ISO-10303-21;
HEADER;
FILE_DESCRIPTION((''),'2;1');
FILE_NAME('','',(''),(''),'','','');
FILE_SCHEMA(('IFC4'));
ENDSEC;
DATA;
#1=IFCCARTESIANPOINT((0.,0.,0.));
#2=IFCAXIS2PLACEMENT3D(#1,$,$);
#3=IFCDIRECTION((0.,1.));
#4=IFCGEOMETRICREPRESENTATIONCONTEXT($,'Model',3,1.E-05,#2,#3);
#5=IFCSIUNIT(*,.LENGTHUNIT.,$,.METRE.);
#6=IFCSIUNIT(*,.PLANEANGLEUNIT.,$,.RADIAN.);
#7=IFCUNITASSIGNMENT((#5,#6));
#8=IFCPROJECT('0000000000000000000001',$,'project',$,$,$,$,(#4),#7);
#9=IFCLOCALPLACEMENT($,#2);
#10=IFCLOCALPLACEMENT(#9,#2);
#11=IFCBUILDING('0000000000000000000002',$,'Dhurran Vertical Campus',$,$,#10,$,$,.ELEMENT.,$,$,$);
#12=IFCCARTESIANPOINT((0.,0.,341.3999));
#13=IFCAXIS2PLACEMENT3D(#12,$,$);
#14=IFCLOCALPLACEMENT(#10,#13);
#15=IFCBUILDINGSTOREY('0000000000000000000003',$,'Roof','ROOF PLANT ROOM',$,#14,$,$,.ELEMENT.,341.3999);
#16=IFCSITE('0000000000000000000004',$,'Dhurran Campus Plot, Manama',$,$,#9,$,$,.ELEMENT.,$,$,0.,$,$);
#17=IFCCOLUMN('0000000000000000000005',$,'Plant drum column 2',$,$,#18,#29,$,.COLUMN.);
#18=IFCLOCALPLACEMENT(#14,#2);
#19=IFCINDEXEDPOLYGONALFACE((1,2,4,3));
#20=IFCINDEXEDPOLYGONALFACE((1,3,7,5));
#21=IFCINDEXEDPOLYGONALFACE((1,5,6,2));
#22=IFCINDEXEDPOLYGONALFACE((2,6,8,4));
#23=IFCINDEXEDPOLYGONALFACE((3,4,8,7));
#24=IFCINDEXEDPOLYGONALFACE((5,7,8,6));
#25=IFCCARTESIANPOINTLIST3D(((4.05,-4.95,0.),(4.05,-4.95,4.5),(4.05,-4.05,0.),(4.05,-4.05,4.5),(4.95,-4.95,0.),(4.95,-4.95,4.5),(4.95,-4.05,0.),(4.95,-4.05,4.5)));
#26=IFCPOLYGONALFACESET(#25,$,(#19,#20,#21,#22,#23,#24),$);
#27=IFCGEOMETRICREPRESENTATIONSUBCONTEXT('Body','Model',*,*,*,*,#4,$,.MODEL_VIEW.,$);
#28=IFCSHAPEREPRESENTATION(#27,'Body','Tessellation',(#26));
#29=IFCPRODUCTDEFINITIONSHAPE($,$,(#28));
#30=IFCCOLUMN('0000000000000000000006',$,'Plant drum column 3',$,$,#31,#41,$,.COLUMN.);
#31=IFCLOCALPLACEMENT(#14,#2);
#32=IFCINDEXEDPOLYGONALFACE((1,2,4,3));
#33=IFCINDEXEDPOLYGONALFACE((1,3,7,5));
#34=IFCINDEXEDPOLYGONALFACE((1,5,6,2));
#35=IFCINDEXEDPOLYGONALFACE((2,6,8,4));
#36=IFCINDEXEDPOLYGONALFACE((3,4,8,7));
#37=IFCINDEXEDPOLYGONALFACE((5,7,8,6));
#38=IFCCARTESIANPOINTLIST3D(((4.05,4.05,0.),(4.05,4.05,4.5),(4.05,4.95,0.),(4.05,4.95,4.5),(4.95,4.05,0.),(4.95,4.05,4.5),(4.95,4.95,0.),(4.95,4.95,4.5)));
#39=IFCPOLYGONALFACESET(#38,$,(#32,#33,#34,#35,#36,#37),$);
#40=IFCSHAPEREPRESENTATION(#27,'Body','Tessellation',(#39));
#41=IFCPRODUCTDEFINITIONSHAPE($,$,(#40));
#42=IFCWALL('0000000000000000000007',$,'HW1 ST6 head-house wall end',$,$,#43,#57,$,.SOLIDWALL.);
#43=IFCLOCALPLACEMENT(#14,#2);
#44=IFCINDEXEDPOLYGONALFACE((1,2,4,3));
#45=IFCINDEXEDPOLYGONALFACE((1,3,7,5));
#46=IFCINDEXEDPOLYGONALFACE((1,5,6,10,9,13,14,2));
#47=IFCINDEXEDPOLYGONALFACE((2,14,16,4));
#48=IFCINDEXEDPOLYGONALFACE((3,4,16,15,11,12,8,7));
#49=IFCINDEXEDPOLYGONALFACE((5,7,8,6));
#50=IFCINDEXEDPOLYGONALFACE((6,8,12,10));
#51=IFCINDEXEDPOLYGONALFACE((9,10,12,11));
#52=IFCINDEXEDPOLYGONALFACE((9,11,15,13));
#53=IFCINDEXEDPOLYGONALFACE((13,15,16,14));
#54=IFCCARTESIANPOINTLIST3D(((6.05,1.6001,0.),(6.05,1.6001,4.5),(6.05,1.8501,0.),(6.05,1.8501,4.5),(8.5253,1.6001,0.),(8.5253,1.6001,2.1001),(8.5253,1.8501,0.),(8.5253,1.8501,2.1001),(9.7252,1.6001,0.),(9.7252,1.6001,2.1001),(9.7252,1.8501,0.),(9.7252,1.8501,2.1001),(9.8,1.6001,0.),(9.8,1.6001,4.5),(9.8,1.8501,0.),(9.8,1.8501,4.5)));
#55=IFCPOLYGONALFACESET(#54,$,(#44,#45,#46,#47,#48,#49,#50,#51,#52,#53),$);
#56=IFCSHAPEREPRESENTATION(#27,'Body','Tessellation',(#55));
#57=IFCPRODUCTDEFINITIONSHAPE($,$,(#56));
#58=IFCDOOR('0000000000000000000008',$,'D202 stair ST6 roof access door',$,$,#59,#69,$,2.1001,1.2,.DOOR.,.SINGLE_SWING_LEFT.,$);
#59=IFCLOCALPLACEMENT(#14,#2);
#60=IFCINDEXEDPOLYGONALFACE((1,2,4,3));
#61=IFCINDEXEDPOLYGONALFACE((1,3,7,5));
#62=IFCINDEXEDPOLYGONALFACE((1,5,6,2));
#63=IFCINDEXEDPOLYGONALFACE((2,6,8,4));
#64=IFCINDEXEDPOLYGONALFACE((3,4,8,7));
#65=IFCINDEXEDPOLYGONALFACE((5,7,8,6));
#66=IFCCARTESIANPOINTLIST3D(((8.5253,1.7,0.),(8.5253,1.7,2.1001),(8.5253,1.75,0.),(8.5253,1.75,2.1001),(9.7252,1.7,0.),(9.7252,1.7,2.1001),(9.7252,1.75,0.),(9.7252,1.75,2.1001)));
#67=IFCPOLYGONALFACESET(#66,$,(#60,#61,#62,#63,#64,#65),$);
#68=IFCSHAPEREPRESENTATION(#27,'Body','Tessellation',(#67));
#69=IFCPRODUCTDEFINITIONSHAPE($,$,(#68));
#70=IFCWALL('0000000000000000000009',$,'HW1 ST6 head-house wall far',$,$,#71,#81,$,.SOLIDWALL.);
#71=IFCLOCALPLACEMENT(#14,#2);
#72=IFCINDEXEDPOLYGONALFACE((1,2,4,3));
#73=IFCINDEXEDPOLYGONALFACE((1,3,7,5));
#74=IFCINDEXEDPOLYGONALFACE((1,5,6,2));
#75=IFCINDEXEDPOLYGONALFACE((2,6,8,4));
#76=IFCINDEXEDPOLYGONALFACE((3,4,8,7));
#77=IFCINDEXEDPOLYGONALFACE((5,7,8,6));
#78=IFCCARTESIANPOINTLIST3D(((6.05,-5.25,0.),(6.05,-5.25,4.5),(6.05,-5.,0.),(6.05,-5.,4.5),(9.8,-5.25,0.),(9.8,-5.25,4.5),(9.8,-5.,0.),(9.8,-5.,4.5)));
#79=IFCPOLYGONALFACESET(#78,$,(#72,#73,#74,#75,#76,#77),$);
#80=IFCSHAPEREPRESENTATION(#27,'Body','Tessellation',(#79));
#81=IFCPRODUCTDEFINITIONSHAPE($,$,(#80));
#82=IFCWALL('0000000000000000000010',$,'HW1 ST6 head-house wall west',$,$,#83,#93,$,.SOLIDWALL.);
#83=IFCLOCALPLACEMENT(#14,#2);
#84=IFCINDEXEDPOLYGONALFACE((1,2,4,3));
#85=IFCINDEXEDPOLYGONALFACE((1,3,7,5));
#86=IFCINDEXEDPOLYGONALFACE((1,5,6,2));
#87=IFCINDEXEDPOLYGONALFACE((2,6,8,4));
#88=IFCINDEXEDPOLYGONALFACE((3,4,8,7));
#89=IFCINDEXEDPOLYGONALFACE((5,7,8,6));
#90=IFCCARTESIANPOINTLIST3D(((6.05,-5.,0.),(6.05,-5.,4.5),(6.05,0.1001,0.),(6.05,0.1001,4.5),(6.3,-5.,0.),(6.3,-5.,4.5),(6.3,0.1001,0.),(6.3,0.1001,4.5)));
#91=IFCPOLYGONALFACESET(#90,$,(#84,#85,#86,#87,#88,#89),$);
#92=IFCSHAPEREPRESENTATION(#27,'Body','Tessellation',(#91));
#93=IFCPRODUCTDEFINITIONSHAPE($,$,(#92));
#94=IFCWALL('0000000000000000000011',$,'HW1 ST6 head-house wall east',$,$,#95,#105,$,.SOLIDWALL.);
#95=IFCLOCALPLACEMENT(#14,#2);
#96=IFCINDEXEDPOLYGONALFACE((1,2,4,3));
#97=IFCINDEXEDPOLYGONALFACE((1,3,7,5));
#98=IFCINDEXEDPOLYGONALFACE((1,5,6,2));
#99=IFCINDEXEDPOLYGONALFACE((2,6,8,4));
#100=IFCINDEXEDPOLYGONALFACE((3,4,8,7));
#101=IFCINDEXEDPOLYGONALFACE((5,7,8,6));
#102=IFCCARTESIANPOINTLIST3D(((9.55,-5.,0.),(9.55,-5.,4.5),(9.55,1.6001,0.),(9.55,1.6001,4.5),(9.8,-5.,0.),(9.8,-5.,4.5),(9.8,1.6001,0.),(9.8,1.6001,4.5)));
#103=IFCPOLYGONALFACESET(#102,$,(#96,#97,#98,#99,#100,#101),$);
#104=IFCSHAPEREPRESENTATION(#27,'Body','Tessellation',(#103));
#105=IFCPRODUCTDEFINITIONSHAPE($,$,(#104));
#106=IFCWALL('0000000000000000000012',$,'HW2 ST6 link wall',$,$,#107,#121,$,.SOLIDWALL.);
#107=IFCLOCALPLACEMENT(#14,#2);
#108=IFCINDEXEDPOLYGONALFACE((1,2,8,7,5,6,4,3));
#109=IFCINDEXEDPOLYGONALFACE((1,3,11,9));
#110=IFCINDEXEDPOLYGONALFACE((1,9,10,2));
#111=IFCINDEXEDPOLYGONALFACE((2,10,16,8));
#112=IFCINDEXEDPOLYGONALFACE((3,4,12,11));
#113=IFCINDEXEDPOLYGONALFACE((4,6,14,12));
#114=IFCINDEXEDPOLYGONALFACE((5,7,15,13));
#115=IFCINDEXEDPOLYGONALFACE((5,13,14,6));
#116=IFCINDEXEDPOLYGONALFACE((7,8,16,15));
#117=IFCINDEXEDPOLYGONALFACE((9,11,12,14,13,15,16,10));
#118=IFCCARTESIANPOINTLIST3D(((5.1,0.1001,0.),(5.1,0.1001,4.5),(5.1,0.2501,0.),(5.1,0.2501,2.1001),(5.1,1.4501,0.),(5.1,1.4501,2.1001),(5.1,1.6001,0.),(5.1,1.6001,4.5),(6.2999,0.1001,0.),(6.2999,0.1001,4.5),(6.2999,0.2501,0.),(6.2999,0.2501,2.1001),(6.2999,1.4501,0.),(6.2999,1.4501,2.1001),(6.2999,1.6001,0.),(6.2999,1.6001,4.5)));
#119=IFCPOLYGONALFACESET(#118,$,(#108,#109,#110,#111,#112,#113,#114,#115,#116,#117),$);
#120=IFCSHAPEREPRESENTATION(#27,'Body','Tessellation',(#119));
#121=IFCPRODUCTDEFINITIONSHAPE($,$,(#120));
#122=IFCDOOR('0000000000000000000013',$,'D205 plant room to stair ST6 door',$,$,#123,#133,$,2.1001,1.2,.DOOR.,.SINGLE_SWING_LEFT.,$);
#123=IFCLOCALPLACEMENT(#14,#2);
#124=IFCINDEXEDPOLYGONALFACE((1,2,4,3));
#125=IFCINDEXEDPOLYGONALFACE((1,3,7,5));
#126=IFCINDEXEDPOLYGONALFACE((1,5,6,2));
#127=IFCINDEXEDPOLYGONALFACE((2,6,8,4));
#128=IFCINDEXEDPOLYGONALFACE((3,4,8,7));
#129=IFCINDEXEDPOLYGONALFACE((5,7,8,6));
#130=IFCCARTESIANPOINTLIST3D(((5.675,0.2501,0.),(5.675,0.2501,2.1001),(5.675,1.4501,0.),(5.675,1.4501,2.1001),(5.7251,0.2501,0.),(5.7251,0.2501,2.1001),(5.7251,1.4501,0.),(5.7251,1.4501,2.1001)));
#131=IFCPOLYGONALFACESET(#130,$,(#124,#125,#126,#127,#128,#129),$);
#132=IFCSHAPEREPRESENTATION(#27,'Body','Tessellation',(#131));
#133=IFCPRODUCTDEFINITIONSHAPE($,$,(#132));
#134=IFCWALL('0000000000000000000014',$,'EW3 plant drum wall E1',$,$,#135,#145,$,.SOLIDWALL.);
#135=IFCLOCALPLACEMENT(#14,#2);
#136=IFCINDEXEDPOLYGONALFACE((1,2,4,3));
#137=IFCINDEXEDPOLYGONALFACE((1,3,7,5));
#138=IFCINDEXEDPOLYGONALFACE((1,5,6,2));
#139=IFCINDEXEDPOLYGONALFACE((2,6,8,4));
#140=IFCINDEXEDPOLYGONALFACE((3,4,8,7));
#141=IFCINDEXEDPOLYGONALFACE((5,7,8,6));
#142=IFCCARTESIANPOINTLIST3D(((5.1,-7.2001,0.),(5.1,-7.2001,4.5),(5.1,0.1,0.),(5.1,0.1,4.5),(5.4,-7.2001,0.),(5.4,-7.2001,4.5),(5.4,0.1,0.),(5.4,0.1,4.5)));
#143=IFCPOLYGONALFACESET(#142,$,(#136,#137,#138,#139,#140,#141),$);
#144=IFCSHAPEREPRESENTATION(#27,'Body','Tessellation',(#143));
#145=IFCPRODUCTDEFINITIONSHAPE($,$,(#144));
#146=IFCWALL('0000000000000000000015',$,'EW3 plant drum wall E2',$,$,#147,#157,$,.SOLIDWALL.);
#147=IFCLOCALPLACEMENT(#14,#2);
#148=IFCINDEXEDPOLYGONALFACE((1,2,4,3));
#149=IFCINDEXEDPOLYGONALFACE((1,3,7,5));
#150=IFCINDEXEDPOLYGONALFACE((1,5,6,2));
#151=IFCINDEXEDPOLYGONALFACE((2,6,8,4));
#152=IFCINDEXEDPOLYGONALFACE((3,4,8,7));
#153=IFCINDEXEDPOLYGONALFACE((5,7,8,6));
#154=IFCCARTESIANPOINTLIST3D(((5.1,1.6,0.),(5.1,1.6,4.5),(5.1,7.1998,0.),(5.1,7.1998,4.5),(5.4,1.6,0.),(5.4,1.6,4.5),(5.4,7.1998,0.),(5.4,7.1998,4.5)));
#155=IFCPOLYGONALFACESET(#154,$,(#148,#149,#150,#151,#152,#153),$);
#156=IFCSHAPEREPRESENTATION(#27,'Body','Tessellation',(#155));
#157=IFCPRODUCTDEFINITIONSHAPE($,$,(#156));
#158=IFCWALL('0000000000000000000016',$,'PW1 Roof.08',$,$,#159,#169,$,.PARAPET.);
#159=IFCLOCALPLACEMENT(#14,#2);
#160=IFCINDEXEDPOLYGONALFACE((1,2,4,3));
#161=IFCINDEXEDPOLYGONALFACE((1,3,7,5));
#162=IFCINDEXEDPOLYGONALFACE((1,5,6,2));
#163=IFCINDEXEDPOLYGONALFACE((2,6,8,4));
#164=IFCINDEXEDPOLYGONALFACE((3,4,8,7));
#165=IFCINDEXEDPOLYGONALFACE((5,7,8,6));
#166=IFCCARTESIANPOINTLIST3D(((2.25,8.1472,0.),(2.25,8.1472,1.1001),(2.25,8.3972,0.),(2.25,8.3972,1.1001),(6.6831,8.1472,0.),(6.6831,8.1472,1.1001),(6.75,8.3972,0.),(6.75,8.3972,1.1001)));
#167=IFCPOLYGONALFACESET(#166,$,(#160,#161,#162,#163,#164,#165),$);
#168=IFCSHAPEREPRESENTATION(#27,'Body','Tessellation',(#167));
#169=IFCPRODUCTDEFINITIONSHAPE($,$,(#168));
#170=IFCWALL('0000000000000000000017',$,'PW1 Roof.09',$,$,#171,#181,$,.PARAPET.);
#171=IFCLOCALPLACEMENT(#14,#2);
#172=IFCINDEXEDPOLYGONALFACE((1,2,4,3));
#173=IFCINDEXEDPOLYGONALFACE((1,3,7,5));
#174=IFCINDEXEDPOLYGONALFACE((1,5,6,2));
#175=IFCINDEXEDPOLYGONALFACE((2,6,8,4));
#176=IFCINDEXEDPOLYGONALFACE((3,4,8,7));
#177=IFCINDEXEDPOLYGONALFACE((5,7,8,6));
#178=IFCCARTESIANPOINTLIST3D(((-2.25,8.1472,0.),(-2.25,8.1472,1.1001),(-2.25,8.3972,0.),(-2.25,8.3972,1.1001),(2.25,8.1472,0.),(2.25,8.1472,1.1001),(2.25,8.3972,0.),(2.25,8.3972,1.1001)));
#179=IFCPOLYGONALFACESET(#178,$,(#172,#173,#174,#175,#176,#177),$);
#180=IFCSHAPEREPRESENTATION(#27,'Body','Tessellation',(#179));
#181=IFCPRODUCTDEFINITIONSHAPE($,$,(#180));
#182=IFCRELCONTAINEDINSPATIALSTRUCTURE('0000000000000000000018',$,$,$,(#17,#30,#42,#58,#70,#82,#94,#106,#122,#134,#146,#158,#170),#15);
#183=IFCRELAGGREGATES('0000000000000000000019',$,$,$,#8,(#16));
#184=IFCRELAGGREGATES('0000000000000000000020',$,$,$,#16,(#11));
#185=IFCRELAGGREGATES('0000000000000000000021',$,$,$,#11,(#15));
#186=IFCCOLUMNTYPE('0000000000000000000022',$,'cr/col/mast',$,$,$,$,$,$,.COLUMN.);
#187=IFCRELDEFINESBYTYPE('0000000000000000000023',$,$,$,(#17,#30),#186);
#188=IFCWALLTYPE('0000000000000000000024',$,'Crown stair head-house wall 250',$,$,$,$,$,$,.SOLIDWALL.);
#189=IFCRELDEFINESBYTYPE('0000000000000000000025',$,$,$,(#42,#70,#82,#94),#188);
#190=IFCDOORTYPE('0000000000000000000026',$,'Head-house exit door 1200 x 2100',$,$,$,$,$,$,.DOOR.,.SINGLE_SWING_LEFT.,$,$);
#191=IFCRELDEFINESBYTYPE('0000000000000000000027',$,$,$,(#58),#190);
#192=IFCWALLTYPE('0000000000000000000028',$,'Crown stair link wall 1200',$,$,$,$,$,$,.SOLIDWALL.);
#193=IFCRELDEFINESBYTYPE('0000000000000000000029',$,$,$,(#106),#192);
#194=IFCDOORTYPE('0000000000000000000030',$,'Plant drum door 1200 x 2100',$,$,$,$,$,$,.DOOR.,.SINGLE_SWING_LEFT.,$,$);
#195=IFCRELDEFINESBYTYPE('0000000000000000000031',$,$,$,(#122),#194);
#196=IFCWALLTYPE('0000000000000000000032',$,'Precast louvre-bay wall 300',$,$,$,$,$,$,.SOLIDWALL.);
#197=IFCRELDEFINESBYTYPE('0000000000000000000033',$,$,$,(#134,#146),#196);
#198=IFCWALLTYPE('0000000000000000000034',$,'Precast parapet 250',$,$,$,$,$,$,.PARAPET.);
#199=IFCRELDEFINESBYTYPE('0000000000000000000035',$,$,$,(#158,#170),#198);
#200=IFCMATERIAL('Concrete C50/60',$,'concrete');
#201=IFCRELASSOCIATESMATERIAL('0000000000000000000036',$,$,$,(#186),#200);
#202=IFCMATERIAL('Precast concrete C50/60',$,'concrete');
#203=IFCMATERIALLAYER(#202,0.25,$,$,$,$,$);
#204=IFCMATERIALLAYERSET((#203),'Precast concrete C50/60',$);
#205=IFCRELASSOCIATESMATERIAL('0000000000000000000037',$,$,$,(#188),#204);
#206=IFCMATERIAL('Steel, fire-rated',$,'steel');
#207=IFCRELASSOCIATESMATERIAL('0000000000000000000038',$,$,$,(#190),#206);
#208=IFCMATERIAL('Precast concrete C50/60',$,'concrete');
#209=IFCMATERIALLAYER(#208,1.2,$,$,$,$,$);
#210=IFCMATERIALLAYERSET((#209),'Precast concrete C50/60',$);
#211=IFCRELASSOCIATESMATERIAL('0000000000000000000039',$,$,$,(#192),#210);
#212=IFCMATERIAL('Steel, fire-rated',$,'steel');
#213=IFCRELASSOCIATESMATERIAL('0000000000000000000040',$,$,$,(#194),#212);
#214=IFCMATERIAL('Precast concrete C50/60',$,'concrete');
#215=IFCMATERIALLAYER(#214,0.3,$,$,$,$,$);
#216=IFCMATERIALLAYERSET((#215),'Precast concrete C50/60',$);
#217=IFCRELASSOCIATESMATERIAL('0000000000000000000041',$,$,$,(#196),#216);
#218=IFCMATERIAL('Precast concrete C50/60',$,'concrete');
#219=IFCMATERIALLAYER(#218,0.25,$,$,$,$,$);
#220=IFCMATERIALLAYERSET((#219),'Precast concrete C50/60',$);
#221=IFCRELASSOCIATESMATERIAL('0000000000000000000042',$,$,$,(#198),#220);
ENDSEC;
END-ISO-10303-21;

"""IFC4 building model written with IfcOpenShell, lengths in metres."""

from ifc_helpers import new_model, si_unit, direction, frame, frame_2d, origin, origin_2d, place, context, subcontext, project, spatial, polyline, rectangle, outline, extrude, material, layer, layer_set, material_profile, profile_set, type_object, element, fill, save


model = new_model("IFC4")

# Units and contexts
model_context = context("Model", 3, precision=1e-05, world=origin(), true_north=direction((0.0, 1.0)))
body_context = subcontext(model_context, "Body", "Model", "MODEL_VIEW")
ifc_project = project(units=[si_unit("LENGTHUNIT", "METRE"), si_unit("PLANEANGLEUNIT", "RADIAN")], contexts=[model_context])

# Site, building, storey
site_placement = place(None, origin())
site = spatial("IfcSite", under=ifc_project, at=site_placement, Name="Dhurran Campus Plot, Manama", CompositionType="ELEMENT", RefElevation=0.0)
building_placement = place(site_placement, origin())
building = spatial("IfcBuilding", under=site, at=building_placement, Name="Dhurran Vertical Campus", CompositionType="ELEMENT")
storey_placement = place(building_placement, frame((0.0, 0.0, 341.3999)))
storey = spatial("IfcBuildingStorey", under=building, at=storey_placement, Name="Roof", Description="ROOF PLANT ROOM", CompositionType="ELEMENT", Elevation=341.3999)

# Columns
ifc_material_1 = material(Name="Concrete C50/60", Category="concrete")
ifc_material_profile = material_profile(ifc_material_1, rectangle(XDim=0.8999, YDim=0.8999, at=origin_2d()), Name="cr/col/mast")
ifc_profile_set = profile_set([ifc_material_profile], Name="Concrete C50/60")
column_type = type_object("IfcColumnType", Name="cr/col/mast", PredefinedType="COLUMN", material=ifc_profile_set)
for number, where, z_axis, x_axis, name in (
    (1, (4.5, -4.5, 0.0), (0.0, 0.0, 1.0), (1.0, 0.0, 0.0), "Plant drum column 2"),
    (2, (4.5, 4.5, 0.0), (0.0, 0.0, 1.0), (1.0, 0.0, 0.0), "Plant drum column 3"),
):
    element("IfcColumn", number, at=place(storey_placement, frame(where, z_axis=z_axis, x_axis=x_axis)), inside=storey, type_object=column_type, Name=name, PredefinedType="COLUMN", context=body_context, shape_type="SweptSolid", body=[
        extrude(rectangle(XDim=0.8999, YDim=0.8999, at=origin_2d()), origin(), (0.0, 0.0, 1.0), 4.5),
    ])

# Wall, opening, door
ifc_material_2 = material(Name="Precast concrete C50/60", Category="concrete")
ifc_layer_1 = layer(ifc_material_2, 0.25)
ifc_layer_set_1 = layer_set([ifc_layer_1], Name="Precast concrete C50/60")
wall_type_1 = type_object("IfcWallType", Name="Crown stair head-house wall 250", PredefinedType="SOLIDWALL", material=ifc_layer_set_1)
wall_1_placement = place(storey_placement, frame((6.05, 1.7251, 0.0), z_axis=(0.0, 0.0, 1.0), x_axis=(1.0, 0.0, 0.0)))
wall_1 = element("IfcWall", 3, at=wall_1_placement, inside=storey, type_object=wall_type_1, Name="HW1 ST6 head-house wall end", PredefinedType="SOLIDWALL", context=body_context, shape_type="SweptSolid", body=[
    extrude(rectangle(XDim=3.75, YDim=0.25, at=frame_2d((1.875, 0.0))), origin(), (0.0, 0.0, 1.0), 4.5),
])
opening_1_placement = place(wall_1_placement, frame((2.4751, 0.0, 0.0)))
opening_1 = element("IfcOpeningElement", 4, at=opening_1_placement, cuts=wall_1, PredefinedType="OPENING", context=body_context, shape_type="SweptSolid", body=[
    extrude(rectangle(XDim=1.2, YDim=2.1001, at=frame_2d((0.6001, 1.05))), frame((0.0, 0.135, 0.0), z_axis=(0.0, -1.0, 0.0), x_axis=(1.0, 0.0, 0.0)), (0.0, 0.0, 1.0), 0.27),
])
ifc_material_3 = material(Name="Steel, fire-rated", Category="steel")
door_type_1 = type_object("IfcDoorType", Name="Head-house exit door 1200 x 2100", OperationType="SINGLE_SWING_LEFT", PredefinedType="DOOR", material=ifc_material_3)
door_1_placement = place(opening_1_placement, origin())
door_1 = element("IfcDoor", 5, at=door_1_placement, inside=storey, type_object=door_type_1, Name="D202 stair ST6 roof access door", OperationType="SINGLE_SWING_LEFT", OverallHeight=2.1001, OverallWidth=1.2, PredefinedType="DOOR", context=body_context, shape_type="SweptSolid", body=[
    extrude(rectangle(XDim=1.2, YDim=2.1001, at=frame_2d((0.6001, 1.05))), frame((0.0, 0.0249, 0.0), z_axis=(0.0, -1.0, 0.0), x_axis=(1.0, 0.0, 0.0)), (0.0, 0.0, 1.0), 0.05),
])
fill(opening_1, door_1)

# Walls
wall_2_placement = place(storey_placement, frame((6.05, -5.125, 0.0), z_axis=(0.0, 0.0, 1.0), x_axis=(1.0, 0.0, 0.0)))
element("IfcWall", 6, at=wall_2_placement, inside=storey, type_object=wall_type_1, Name="HW1 ST6 head-house wall far", PredefinedType="SOLIDWALL", context=body_context, shape_type="SweptSolid", body=[
    extrude(rectangle(XDim=3.75, YDim=0.25, at=frame_2d((1.875, 0.0))), origin(), (0.0, 0.0, 1.0), 4.5),
])
wall_3_placement = place(storey_placement, frame((6.175, -5.0, 0.0), z_axis=(0.0, 0.0, 1.0), x_axis=(0.0, 1.0, 0.0)))
element("IfcWall", 7, at=wall_3_placement, inside=storey, type_object=wall_type_1, Name="HW1 ST6 head-house wall west", PredefinedType="SOLIDWALL", context=body_context, shape_type="SweptSolid", body=[
    extrude(rectangle(XDim=5.1001, YDim=0.25, at=frame_2d((2.55, 0.0))), origin(), (0.0, 0.0, 1.0), 4.5),
])
wall_4_placement = place(storey_placement, frame((9.675, -5.0, 0.0), z_axis=(0.0, 0.0, 1.0), x_axis=(0.0, 1.0, 0.0)))
element("IfcWall", 8, at=wall_4_placement, inside=storey, type_object=wall_type_1, Name="HW1 ST6 head-house wall east", PredefinedType="SOLIDWALL", context=body_context, shape_type="SweptSolid", body=[
    extrude(rectangle(XDim=6.6001, YDim=0.25, at=frame_2d((3.3, 0.0))), origin(), (0.0, 0.0, 1.0), 4.5),
])

# Wall, opening, door
ifc_material_4 = material(Name="Precast concrete C50/60", Category="concrete")
ifc_layer_2 = layer(ifc_material_4, 1.2)
ifc_layer_set_2 = layer_set([ifc_layer_2], Name="Precast concrete C50/60")
wall_type_2 = type_object("IfcWallType", Name="Crown stair link wall 1200", PredefinedType="SOLIDWALL", material=ifc_layer_set_2)
wall_5_placement = place(storey_placement, frame((5.7, 0.1001, 0.0), z_axis=(0.0, 0.0, 1.0), x_axis=(0.0, 1.0, 0.0)))
wall_5 = element("IfcWall", 9, at=wall_5_placement, inside=storey, type_object=wall_type_2, Name="HW2 ST6 link wall", PredefinedType="SOLIDWALL", context=body_context, shape_type="SweptSolid", body=[
    extrude(rectangle(XDim=1.5, YDim=1.2, at=frame_2d((0.75, 0.0))), origin(), (0.0, 0.0, 1.0), 4.5),
])
opening_2_placement = place(wall_5_placement, frame((0.1499, 0.0, 0.0)))
opening_2 = element("IfcOpeningElement", 10, at=opening_2_placement, cuts=wall_5, PredefinedType="OPENING", context=body_context, shape_type="SweptSolid", body=[
    extrude(rectangle(XDim=1.2, YDim=2.1001, at=frame_2d((0.6001, 1.05))), frame((0.0, 0.6099, 0.0), z_axis=(0.0, -1.0, 0.0), x_axis=(1.0, 0.0, 0.0)), (0.0, 0.0, 1.0), 1.22),
])
ifc_material_5 = material(Name="Steel, fire-rated", Category="steel")
door_type_2 = type_object("IfcDoorType", Name="Plant drum door 1200 x 2100", OperationType="SINGLE_SWING_LEFT", PredefinedType="DOOR", material=ifc_material_5)
door_2_placement = place(opening_2_placement, origin())
door_2 = element("IfcDoor", 11, at=door_2_placement, inside=storey, type_object=door_type_2, Name="D205 plant room to stair ST6 door", OperationType="SINGLE_SWING_LEFT", OverallHeight=2.1001, OverallWidth=1.2, PredefinedType="DOOR", context=body_context, shape_type="SweptSolid", body=[
    extrude(rectangle(XDim=1.2, YDim=2.1001, at=frame_2d((0.6001, 1.05))), frame((0.0, 0.0249, 0.0), z_axis=(0.0, -1.0, 0.0), x_axis=(1.0, 0.0, 0.0)), (0.0, 0.0, 1.0), 0.05),
])
fill(opening_2, door_2)

# Walls
ifc_material_6 = material(Name="Precast concrete C50/60", Category="concrete")
ifc_layer_3 = layer(ifc_material_6, 0.3)
ifc_layer_set_3 = layer_set([ifc_layer_3], Name="Precast concrete C50/60")
wall_type_3 = type_object("IfcWallType", Name="Precast louvre-bay wall 300", PredefinedType="SOLIDWALL", material=ifc_layer_set_3)
wall_6_placement = place(storey_placement, frame((5.25, -7.2, 0.0), z_axis=(0.0, 0.0, 1.0), x_axis=(0.0, 1.0, 0.0)))
element("IfcWall", 12, at=wall_6_placement, inside=storey, type_object=wall_type_3, Name="EW3 plant drum wall E1", PredefinedType="SOLIDWALL", context=body_context, shape_type="SweptSolid", body=[
    extrude(rectangle(XDim=7.3, YDim=0.3, at=frame_2d((3.6499, 0.0))), origin(), (0.0, 0.0, 1.0), 4.5),
])
wall_7_placement = place(storey_placement, frame((5.25, 1.6001, 0.0), z_axis=(0.0, 0.0, 1.0), x_axis=(0.0, 1.0, 0.0)))
element("IfcWall", 13, at=wall_7_placement, inside=storey, type_object=wall_type_3, Name="EW3 plant drum wall E2", PredefinedType="SOLIDWALL", context=body_context, shape_type="SweptSolid", body=[
    extrude(rectangle(XDim=5.5999, YDim=0.3, at=frame_2d((2.7998, 0.0))), origin(), (0.0, 0.0, 1.0), 4.5),
])
ifc_material_7 = material(Name="Precast concrete C50/60", Category="concrete")
ifc_layer_4 = layer(ifc_material_7, 0.25)
ifc_layer_set_4 = layer_set([ifc_layer_4], Name="Precast concrete C50/60")
wall_type_4 = type_object("IfcWallType", Name="Precast parapet 250", PredefinedType="PARAPET", material=ifc_layer_set_4)
wall_8_placement = place(storey_placement, origin())
element("IfcWall", 14, at=wall_8_placement, inside=storey, type_object=wall_type_4, Name="PW1 Roof.08", PredefinedType="PARAPET", context=body_context, shape_type="SweptSolid", body=[
    extrude(outline(polyline([(6.75, 8.3972), (2.25, 8.3972), (2.25, 8.1472), (6.6831, 8.1472), (6.75, 8.3972)])), origin(), (0.0, 0.0, 1.0), 1.1001),
])
wall_9_placement = place(storey_placement, origin())
element("IfcWall", 15, at=wall_9_placement, inside=storey, type_object=wall_type_4, Name="PW1 Roof.09", PredefinedType="PARAPET", context=body_context, shape_type="SweptSolid", body=[
    extrude(outline(polyline([(2.25, 8.3972), (-2.25, 8.3972), (-2.25, 8.1472), (2.25, 8.1472), (2.25, 8.3972)])), origin(), (0.0, 0.0, 1.0), 1.1001),
])

save(model, "model.ifc")
